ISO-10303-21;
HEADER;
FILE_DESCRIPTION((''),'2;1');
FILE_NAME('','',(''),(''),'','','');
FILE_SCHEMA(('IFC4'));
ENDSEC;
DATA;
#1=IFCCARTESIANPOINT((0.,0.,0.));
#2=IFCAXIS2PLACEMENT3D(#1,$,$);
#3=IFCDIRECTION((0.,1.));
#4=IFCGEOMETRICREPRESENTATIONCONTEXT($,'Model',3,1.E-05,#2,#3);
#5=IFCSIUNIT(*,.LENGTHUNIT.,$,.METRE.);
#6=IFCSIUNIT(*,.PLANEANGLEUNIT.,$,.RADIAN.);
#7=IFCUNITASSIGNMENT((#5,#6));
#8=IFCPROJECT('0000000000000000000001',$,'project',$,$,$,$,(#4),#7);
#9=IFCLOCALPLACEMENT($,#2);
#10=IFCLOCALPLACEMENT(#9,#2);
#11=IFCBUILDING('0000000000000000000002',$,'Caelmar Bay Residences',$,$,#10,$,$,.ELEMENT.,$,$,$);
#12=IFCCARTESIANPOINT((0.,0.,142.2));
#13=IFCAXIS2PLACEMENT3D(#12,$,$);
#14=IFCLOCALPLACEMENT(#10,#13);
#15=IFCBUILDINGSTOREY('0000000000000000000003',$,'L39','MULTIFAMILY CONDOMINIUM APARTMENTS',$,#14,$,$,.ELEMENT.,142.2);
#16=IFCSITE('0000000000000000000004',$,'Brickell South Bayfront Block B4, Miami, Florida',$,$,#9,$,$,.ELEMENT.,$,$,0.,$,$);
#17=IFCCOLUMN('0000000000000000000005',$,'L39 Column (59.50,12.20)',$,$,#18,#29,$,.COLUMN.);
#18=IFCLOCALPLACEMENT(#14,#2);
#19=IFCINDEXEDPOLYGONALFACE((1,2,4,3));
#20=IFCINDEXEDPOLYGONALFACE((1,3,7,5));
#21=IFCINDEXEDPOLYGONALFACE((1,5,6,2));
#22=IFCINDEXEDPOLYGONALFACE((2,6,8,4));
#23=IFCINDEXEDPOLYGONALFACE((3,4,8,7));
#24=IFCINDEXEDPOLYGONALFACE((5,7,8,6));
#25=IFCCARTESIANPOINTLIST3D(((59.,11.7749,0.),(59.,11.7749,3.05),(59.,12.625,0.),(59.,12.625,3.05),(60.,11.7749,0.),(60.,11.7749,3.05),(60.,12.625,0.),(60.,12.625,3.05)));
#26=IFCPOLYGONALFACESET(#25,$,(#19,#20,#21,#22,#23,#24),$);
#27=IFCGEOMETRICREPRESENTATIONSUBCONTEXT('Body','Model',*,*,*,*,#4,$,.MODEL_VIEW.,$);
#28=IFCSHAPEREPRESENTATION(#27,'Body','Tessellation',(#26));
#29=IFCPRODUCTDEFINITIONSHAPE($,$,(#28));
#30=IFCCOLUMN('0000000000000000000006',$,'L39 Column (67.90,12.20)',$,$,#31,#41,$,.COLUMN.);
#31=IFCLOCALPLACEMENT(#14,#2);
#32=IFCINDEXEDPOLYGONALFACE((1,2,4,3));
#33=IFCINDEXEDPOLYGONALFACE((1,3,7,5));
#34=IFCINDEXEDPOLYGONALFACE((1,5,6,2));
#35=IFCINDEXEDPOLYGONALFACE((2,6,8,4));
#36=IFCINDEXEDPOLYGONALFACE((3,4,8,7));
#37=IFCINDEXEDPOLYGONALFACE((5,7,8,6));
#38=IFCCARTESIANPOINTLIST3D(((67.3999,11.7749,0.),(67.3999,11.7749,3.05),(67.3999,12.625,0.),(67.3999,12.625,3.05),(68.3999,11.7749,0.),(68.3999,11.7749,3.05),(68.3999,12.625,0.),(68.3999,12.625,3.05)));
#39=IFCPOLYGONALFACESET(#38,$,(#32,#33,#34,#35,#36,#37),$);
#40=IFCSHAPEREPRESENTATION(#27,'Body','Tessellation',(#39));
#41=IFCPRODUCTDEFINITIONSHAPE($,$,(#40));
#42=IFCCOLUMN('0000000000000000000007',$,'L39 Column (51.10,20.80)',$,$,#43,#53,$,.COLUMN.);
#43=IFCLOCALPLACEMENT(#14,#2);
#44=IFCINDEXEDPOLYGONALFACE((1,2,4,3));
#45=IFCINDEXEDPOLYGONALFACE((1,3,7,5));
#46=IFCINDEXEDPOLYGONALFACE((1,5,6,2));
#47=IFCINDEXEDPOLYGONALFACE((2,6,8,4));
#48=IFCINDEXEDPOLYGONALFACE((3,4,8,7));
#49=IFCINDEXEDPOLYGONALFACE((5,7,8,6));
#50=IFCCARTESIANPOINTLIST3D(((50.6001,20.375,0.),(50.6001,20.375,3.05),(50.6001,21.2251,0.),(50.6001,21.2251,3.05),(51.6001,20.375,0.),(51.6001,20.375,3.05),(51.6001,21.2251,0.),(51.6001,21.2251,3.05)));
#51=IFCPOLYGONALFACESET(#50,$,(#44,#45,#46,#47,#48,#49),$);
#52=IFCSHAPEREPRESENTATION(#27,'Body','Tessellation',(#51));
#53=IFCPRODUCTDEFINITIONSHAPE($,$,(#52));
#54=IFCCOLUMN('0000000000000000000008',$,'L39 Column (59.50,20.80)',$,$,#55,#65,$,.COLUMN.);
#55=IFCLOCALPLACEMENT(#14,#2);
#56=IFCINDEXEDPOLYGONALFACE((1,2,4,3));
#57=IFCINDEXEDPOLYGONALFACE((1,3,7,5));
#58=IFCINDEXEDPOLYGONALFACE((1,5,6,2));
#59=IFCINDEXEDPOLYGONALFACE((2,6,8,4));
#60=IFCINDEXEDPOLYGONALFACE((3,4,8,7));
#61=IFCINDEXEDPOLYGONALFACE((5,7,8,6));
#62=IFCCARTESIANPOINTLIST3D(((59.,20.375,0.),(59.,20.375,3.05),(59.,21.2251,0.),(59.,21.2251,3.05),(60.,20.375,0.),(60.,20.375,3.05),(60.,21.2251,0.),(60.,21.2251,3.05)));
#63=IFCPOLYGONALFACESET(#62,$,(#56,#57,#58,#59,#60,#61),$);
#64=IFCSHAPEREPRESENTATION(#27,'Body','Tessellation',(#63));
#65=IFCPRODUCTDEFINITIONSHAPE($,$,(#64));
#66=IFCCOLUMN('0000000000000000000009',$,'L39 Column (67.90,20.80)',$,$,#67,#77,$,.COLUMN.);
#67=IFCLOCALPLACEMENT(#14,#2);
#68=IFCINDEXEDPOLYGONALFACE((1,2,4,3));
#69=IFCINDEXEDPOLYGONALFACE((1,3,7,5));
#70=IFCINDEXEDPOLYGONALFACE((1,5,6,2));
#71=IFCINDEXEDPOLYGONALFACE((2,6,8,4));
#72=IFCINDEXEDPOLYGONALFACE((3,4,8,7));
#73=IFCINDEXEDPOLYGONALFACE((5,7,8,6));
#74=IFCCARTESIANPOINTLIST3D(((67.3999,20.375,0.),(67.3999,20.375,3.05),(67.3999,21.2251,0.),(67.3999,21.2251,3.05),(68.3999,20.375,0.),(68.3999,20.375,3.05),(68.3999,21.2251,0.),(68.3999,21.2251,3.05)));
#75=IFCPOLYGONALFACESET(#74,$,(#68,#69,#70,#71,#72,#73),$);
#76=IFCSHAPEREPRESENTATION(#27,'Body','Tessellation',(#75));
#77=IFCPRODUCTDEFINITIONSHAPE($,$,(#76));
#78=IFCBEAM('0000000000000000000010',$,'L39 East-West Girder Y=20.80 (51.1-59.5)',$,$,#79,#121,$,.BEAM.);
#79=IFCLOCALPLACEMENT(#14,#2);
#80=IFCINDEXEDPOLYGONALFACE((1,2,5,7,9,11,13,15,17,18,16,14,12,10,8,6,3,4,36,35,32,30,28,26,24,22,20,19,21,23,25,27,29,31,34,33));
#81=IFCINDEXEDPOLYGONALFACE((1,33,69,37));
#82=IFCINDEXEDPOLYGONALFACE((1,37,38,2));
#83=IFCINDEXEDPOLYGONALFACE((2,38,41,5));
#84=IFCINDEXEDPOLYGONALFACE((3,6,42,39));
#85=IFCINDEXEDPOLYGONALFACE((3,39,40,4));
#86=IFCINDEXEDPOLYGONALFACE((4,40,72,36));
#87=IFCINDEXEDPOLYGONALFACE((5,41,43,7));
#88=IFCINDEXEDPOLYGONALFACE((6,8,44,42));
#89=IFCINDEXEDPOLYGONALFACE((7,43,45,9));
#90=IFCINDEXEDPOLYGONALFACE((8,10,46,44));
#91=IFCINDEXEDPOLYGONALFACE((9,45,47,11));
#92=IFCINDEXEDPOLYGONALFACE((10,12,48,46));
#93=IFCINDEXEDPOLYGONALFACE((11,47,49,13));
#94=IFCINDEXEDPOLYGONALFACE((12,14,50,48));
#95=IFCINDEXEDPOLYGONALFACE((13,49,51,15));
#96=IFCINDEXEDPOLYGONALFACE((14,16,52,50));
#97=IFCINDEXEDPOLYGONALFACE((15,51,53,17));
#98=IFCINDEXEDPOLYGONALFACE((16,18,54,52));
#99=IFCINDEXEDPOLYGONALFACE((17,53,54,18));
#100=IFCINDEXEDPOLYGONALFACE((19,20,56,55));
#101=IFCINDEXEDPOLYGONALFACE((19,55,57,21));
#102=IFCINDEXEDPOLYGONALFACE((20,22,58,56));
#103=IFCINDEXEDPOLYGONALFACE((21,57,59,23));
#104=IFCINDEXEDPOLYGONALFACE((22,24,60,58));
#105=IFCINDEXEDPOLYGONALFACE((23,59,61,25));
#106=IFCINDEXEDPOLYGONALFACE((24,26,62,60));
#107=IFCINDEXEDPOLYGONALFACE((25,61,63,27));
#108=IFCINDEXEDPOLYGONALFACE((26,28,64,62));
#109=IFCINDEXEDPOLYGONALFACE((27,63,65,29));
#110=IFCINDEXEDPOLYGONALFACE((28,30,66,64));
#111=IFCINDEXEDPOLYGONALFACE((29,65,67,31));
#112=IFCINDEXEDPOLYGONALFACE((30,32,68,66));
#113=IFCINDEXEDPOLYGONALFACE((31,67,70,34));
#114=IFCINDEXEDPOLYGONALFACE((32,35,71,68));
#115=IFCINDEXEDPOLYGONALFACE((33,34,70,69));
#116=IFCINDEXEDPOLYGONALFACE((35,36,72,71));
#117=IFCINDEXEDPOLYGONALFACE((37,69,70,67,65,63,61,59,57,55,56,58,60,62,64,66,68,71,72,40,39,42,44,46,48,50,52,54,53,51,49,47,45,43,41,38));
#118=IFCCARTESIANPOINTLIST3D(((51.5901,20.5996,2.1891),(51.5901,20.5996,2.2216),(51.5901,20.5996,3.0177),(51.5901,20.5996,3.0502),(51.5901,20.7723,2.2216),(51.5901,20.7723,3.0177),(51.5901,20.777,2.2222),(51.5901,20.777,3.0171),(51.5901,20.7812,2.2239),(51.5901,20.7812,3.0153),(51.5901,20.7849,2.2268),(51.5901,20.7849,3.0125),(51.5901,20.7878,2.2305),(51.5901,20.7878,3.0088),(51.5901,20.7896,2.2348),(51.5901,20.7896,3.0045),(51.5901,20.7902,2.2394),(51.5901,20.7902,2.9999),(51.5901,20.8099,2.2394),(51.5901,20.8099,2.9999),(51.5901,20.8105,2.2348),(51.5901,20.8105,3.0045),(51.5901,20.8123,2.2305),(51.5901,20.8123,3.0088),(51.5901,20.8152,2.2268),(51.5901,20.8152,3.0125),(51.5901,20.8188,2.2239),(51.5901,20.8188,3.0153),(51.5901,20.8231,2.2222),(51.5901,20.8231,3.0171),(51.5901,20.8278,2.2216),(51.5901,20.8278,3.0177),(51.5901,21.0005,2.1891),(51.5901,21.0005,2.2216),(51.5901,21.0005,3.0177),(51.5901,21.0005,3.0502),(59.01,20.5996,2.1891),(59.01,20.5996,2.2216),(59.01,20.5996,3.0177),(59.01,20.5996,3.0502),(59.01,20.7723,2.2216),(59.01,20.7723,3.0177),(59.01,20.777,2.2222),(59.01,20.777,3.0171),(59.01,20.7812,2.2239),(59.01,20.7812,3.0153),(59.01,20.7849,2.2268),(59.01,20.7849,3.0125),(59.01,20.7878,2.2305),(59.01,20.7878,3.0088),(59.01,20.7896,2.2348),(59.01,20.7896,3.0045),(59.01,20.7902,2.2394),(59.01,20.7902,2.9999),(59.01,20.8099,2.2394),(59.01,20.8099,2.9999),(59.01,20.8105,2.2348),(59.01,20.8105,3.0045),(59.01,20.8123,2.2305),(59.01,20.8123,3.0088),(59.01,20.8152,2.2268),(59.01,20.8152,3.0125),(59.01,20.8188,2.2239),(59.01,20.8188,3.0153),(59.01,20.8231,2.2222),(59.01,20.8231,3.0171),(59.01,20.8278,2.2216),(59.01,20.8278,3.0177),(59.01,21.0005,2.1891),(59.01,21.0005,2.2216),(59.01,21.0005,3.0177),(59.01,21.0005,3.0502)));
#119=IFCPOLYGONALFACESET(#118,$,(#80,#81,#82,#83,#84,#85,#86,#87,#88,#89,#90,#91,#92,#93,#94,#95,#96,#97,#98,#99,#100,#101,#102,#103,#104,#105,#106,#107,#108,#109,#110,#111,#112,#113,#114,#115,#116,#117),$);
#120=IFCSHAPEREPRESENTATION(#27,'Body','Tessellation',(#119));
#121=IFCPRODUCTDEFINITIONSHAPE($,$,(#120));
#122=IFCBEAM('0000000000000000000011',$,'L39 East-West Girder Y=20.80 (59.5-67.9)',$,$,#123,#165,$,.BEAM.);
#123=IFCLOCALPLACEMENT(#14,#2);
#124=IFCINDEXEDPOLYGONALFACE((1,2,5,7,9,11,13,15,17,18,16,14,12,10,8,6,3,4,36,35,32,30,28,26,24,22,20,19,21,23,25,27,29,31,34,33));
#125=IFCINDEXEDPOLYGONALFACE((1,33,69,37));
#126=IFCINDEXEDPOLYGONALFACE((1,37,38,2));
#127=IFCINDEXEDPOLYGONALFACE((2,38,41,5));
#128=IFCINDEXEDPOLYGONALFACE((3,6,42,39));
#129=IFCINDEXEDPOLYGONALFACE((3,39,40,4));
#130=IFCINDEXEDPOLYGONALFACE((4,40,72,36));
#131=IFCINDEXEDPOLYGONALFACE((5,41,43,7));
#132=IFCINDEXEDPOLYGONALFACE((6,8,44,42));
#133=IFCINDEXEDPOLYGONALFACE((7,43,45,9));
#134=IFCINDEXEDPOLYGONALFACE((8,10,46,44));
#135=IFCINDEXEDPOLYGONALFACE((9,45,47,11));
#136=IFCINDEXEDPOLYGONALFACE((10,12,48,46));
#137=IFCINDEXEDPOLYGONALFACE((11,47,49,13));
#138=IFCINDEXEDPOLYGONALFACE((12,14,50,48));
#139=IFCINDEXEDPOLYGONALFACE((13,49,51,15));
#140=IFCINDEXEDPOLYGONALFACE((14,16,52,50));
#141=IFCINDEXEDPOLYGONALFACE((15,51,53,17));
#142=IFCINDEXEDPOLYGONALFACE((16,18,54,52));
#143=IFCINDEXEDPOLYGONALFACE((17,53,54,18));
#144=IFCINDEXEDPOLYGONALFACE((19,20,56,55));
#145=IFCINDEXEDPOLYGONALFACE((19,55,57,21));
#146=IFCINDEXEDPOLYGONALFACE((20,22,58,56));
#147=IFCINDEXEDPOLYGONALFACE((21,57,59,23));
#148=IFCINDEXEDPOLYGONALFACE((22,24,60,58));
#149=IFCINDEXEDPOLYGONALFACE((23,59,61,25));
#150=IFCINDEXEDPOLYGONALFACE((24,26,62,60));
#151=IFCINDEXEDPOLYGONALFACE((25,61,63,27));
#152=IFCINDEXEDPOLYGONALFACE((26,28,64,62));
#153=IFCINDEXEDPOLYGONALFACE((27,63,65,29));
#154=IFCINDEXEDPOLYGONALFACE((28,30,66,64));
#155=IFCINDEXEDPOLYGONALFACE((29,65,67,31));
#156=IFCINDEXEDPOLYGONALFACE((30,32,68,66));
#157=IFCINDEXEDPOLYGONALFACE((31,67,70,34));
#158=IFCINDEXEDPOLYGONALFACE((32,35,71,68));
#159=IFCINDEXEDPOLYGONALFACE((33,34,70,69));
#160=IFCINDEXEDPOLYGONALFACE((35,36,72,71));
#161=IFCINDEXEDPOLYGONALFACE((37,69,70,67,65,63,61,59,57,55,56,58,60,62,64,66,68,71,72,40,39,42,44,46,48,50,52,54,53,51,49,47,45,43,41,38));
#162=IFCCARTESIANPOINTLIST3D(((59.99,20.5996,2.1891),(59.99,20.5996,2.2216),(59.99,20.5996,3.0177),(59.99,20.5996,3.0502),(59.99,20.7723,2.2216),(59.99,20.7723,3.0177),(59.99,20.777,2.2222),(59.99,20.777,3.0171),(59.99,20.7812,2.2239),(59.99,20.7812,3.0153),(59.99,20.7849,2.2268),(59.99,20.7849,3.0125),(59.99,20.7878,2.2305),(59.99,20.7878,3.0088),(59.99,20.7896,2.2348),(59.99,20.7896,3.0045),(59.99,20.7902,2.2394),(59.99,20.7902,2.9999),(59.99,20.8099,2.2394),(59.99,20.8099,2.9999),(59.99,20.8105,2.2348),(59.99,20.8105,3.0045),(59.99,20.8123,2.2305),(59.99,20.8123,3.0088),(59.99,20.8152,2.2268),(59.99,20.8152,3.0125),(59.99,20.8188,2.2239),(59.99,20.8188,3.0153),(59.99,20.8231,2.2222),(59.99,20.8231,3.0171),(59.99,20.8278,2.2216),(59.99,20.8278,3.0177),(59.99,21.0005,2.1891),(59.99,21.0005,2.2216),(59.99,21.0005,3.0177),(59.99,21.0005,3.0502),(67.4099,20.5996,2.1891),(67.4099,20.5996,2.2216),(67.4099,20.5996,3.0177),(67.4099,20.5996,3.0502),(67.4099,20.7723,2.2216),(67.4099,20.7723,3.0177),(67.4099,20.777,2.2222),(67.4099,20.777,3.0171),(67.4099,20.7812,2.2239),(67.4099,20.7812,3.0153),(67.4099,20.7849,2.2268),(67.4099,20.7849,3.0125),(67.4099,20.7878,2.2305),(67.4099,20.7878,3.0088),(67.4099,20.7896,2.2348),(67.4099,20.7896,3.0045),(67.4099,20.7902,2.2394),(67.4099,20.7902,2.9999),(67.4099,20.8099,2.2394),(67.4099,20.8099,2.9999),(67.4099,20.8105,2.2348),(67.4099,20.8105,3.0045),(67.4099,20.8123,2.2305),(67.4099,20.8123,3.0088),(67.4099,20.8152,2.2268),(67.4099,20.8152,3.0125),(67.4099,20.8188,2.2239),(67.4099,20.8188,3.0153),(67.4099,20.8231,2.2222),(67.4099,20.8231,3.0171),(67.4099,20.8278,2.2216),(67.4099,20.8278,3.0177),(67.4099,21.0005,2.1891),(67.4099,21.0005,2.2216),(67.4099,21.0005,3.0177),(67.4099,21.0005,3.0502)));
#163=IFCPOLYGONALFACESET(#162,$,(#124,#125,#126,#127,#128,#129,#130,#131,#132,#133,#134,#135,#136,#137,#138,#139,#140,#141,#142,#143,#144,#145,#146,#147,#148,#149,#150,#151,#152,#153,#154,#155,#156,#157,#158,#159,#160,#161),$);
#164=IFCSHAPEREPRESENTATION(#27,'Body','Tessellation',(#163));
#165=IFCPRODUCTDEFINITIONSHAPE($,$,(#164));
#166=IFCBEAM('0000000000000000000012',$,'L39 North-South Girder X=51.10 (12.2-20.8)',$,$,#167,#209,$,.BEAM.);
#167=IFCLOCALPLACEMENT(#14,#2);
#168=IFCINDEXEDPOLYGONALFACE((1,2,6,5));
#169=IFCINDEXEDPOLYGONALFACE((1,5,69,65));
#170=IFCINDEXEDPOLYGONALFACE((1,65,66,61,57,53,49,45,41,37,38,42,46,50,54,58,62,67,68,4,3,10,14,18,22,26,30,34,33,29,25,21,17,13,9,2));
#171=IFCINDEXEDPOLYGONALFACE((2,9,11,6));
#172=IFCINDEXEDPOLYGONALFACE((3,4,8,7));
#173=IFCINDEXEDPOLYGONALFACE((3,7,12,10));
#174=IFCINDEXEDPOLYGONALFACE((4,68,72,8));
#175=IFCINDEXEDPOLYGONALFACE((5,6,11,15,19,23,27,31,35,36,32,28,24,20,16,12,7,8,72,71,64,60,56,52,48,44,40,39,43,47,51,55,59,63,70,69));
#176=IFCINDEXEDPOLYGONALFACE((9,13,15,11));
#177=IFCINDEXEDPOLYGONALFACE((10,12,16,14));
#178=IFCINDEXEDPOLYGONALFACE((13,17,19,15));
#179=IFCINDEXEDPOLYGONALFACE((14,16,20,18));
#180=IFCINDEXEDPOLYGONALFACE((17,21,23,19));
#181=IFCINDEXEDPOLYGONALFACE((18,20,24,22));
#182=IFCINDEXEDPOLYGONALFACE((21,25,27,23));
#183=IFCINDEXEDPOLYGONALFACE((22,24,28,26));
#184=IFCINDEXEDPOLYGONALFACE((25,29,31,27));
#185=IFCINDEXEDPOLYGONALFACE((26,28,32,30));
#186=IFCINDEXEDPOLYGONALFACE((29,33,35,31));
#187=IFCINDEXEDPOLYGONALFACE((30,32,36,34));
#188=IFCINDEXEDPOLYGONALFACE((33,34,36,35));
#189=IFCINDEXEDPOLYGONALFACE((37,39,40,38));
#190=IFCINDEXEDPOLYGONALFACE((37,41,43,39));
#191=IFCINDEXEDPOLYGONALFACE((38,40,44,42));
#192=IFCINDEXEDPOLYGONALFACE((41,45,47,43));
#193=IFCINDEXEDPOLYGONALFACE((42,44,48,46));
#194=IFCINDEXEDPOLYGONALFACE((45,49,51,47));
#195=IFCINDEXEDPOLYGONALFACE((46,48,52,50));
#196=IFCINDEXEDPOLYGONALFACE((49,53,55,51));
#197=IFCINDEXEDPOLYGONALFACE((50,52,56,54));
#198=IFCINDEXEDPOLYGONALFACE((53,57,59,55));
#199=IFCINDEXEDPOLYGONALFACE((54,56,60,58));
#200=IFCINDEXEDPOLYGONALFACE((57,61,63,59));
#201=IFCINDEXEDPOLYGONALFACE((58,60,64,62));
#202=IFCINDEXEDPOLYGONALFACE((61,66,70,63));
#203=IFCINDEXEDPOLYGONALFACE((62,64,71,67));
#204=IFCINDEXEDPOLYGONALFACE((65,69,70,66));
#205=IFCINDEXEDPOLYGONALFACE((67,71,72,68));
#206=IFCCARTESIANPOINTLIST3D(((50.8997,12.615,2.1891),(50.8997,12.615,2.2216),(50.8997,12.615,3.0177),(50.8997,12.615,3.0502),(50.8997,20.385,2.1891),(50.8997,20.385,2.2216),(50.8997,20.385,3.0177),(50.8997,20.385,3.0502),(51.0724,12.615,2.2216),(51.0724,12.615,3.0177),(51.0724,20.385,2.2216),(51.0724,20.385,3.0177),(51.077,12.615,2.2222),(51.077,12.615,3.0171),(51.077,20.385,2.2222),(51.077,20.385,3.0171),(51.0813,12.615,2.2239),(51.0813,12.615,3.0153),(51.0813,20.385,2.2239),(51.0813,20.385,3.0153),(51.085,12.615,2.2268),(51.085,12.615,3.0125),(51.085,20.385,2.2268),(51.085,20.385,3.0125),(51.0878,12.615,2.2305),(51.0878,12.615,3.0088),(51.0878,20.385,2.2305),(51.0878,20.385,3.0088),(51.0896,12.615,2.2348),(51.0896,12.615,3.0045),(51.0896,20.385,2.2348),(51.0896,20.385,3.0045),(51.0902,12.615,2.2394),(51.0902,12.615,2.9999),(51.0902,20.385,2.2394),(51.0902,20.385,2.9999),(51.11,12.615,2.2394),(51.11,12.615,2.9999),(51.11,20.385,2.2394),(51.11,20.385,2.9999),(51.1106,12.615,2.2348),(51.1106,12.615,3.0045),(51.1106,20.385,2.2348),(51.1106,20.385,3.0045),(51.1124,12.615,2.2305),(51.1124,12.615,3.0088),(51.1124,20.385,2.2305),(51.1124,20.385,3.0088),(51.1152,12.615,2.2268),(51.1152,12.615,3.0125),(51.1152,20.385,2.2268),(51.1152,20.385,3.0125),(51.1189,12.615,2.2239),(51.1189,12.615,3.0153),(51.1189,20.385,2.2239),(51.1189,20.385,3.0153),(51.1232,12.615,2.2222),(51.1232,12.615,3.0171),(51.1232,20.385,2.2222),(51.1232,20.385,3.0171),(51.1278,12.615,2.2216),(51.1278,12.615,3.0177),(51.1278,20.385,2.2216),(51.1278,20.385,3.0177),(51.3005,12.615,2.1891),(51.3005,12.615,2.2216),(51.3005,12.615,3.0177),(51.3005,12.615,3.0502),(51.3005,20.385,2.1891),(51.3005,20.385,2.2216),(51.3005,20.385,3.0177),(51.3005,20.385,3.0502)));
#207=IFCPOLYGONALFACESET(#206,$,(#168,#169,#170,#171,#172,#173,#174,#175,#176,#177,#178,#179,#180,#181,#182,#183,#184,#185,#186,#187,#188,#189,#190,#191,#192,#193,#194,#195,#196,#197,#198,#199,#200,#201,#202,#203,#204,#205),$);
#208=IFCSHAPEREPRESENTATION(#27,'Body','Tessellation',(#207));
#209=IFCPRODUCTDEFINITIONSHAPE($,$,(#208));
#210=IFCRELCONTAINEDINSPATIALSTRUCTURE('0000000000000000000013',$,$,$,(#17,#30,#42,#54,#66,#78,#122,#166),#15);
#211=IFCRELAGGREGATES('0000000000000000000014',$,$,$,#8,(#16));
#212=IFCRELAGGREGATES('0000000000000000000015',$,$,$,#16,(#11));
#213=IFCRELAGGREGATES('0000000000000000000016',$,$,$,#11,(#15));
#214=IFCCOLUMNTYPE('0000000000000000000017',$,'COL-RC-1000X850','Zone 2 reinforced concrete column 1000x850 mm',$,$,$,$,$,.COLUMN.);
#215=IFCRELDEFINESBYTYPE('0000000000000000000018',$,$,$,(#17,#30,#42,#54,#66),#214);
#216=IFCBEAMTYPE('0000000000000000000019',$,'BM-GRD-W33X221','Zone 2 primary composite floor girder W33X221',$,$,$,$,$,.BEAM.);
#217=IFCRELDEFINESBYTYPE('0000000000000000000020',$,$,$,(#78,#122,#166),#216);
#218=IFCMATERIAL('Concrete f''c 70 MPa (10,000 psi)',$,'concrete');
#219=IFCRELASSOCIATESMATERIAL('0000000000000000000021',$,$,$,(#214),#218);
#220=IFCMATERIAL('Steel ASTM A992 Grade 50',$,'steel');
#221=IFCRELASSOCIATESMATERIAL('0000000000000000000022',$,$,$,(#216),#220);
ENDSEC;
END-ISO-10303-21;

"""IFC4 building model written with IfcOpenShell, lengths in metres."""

from ifc_helpers import new_model, si_unit, direction, frame, origin, origin_2d, place, context, subcontext, project, spatial, rectangle, i_section, extrude, material, material_profile, profile_set, type_object, element, save


model = new_model("IFC4")

# Units and contexts
model_context = context("Model", 3, precision=1e-05, world=origin(), true_north=direction((0.0, 1.0)))
body_context = subcontext(model_context, "Body", "Model", "MODEL_VIEW")
ifc_project = project(units=[si_unit("LENGTHUNIT", "METRE"), si_unit("PLANEANGLEUNIT", "RADIAN")], contexts=[model_context])

# Site, building, storey
site_placement = place(None, origin())
site = spatial("IfcSite", under=ifc_project, at=site_placement, Name="Brickell South Bayfront Block B4, Miami, Florida", CompositionType="ELEMENT", RefElevation=0.0)
building_placement = place(site_placement, origin())
building = spatial("IfcBuilding", under=site, at=building_placement, Name="Caelmar Bay Residences", CompositionType="ELEMENT")
storey_placement = place(building_placement, frame((0.0, 0.0, 142.2)))
storey = spatial("IfcBuildingStorey", under=building, at=storey_placement, Name="L39", Description="MULTIFAMILY CONDOMINIUM APARTMENTS", CompositionType="ELEMENT", Elevation=142.2)

# Columns
ifc_material_1 = material(Name="Concrete f'c 70 MPa (10,000 psi)", Category="concrete")
ifc_material_profile_1 = material_profile(ifc_material_1, rectangle(XDim=1.0, YDim=0.8501, at=origin_2d()), Name="RC-COL-1000X850")
ifc_profile_set_1 = profile_set([ifc_material_profile_1], Name="Concrete f'c 70 MPa (10,000 psi)")
column_type = type_object("IfcColumnType", Name="COL-RC-1000X850", Description="Zone 2 reinforced concrete column 1000x850 mm", PredefinedType="COLUMN", material=ifc_profile_set_1)
for number, where, z_axis, x_axis, name in (
    (1, (59.5, 12.2, 0.0), (0.0, 0.0, 1.0), (1.0, 0.0, 0.0), "L39 Column (59.50,12.20)"),
    (2, (67.8999, 12.2, 0.0), (0.0, 0.0, 1.0), (1.0, 0.0, 0.0), "L39 Column (67.90,12.20)"),
    (3, (51.1001, 20.8, 0.0), (0.0, 0.0, 1.0), (1.0, 0.0, 0.0), "L39 Column (51.10,20.80)"),
    (4, (59.5, 20.8, 0.0), (0.0, 0.0, 1.0), (1.0, 0.0, 0.0), "L39 Column (59.50,20.80)"),
    (5, (67.8999, 20.8, 0.0), (0.0, 0.0, 1.0), (1.0, 0.0, 0.0), "L39 Column (67.90,20.80)"),
):
    element("IfcColumn", number, at=place(storey_placement, frame(where, z_axis=z_axis, x_axis=x_axis)), inside=storey, type_object=column_type, Name=name, PredefinedType="COLUMN", context=body_context, shape_type="SweptSolid", body=[
        extrude(rectangle(XDim=1.0, YDim=0.8501, at=origin_2d()), origin(), (0.0, 0.0, 1.0), 3.05),
    ])

# Beams
ifc_material_2 = material(Name="Steel ASTM A992 Grade 50", Category="steel")
ifc_material_profile_2 = material_profile(ifc_material_2, i_section(OverallWidth=0.4009, OverallDepth=0.8611, WebThickness=0.0198, FlangeThickness=0.0325, FilletRadius=0.0178, at=origin_2d()), Name="W33X221")
ifc_profile_set_2 = profile_set([ifc_material_profile_2], Name="Steel ASTM A992 Grade 50")
beam_type_1 = type_object("IfcBeamType", Name="BM-GRD-W33X221", Description="Zone 2 primary composite floor girder W33X221", PredefinedType="BEAM", material=ifc_profile_set_2)
for number, where, z_axis, x_axis, name in (
    (6, (51.5901, 20.8, 2.6196), (1.0, 0.0, 0.0), (0.0, 1.0, 0.0), "L39 East-West Girder Y=20.80 (51.1-59.5)"),
    (7, (59.99, 20.8, 2.6196), (1.0, 0.0, 0.0), (0.0, 1.0, 0.0), "L39 East-West Girder Y=20.80 (59.5-67.9)"),
):
    element("IfcBeam", number, at=place(storey_placement, frame(where, z_axis=z_axis, x_axis=x_axis)), inside=storey, type_object=beam_type_1, Name=name, PredefinedType="BEAM", context=body_context, shape_type="SweptSolid", body=[
        extrude(i_section(OverallWidth=0.4009, OverallDepth=0.8611, WebThickness=0.0198, FlangeThickness=0.0325, FilletRadius=0.0178, at=origin_2d()), origin(), (0.0, 0.0, 1.0), 7.4199),
    ])
for number, where, z_axis, x_axis, name in (
    (8, (51.1001, 12.615, 2.6196), (0.0, 1.0, 0.0), (-1.0, 0.0, 0.0), "L39 North-South Girder X=51.10 (12.2-20.8)"),
):
    element("IfcBeam", number, at=place(storey_placement, frame(where, z_axis=z_axis, x_axis=x_axis)), inside=storey, type_object=beam_type_1, Name=name, PredefinedType="BEAM", context=body_context, shape_type="SweptSolid", body=[
        extrude(i_section(OverallWidth=0.4009, OverallDepth=0.8611, WebThickness=0.0198, FlangeThickness=0.0325, FilletRadius=0.0178, at=origin_2d()), origin(), (0.0, 0.0, 1.0), 7.77),
    ])

save(model, "model.ifc")
